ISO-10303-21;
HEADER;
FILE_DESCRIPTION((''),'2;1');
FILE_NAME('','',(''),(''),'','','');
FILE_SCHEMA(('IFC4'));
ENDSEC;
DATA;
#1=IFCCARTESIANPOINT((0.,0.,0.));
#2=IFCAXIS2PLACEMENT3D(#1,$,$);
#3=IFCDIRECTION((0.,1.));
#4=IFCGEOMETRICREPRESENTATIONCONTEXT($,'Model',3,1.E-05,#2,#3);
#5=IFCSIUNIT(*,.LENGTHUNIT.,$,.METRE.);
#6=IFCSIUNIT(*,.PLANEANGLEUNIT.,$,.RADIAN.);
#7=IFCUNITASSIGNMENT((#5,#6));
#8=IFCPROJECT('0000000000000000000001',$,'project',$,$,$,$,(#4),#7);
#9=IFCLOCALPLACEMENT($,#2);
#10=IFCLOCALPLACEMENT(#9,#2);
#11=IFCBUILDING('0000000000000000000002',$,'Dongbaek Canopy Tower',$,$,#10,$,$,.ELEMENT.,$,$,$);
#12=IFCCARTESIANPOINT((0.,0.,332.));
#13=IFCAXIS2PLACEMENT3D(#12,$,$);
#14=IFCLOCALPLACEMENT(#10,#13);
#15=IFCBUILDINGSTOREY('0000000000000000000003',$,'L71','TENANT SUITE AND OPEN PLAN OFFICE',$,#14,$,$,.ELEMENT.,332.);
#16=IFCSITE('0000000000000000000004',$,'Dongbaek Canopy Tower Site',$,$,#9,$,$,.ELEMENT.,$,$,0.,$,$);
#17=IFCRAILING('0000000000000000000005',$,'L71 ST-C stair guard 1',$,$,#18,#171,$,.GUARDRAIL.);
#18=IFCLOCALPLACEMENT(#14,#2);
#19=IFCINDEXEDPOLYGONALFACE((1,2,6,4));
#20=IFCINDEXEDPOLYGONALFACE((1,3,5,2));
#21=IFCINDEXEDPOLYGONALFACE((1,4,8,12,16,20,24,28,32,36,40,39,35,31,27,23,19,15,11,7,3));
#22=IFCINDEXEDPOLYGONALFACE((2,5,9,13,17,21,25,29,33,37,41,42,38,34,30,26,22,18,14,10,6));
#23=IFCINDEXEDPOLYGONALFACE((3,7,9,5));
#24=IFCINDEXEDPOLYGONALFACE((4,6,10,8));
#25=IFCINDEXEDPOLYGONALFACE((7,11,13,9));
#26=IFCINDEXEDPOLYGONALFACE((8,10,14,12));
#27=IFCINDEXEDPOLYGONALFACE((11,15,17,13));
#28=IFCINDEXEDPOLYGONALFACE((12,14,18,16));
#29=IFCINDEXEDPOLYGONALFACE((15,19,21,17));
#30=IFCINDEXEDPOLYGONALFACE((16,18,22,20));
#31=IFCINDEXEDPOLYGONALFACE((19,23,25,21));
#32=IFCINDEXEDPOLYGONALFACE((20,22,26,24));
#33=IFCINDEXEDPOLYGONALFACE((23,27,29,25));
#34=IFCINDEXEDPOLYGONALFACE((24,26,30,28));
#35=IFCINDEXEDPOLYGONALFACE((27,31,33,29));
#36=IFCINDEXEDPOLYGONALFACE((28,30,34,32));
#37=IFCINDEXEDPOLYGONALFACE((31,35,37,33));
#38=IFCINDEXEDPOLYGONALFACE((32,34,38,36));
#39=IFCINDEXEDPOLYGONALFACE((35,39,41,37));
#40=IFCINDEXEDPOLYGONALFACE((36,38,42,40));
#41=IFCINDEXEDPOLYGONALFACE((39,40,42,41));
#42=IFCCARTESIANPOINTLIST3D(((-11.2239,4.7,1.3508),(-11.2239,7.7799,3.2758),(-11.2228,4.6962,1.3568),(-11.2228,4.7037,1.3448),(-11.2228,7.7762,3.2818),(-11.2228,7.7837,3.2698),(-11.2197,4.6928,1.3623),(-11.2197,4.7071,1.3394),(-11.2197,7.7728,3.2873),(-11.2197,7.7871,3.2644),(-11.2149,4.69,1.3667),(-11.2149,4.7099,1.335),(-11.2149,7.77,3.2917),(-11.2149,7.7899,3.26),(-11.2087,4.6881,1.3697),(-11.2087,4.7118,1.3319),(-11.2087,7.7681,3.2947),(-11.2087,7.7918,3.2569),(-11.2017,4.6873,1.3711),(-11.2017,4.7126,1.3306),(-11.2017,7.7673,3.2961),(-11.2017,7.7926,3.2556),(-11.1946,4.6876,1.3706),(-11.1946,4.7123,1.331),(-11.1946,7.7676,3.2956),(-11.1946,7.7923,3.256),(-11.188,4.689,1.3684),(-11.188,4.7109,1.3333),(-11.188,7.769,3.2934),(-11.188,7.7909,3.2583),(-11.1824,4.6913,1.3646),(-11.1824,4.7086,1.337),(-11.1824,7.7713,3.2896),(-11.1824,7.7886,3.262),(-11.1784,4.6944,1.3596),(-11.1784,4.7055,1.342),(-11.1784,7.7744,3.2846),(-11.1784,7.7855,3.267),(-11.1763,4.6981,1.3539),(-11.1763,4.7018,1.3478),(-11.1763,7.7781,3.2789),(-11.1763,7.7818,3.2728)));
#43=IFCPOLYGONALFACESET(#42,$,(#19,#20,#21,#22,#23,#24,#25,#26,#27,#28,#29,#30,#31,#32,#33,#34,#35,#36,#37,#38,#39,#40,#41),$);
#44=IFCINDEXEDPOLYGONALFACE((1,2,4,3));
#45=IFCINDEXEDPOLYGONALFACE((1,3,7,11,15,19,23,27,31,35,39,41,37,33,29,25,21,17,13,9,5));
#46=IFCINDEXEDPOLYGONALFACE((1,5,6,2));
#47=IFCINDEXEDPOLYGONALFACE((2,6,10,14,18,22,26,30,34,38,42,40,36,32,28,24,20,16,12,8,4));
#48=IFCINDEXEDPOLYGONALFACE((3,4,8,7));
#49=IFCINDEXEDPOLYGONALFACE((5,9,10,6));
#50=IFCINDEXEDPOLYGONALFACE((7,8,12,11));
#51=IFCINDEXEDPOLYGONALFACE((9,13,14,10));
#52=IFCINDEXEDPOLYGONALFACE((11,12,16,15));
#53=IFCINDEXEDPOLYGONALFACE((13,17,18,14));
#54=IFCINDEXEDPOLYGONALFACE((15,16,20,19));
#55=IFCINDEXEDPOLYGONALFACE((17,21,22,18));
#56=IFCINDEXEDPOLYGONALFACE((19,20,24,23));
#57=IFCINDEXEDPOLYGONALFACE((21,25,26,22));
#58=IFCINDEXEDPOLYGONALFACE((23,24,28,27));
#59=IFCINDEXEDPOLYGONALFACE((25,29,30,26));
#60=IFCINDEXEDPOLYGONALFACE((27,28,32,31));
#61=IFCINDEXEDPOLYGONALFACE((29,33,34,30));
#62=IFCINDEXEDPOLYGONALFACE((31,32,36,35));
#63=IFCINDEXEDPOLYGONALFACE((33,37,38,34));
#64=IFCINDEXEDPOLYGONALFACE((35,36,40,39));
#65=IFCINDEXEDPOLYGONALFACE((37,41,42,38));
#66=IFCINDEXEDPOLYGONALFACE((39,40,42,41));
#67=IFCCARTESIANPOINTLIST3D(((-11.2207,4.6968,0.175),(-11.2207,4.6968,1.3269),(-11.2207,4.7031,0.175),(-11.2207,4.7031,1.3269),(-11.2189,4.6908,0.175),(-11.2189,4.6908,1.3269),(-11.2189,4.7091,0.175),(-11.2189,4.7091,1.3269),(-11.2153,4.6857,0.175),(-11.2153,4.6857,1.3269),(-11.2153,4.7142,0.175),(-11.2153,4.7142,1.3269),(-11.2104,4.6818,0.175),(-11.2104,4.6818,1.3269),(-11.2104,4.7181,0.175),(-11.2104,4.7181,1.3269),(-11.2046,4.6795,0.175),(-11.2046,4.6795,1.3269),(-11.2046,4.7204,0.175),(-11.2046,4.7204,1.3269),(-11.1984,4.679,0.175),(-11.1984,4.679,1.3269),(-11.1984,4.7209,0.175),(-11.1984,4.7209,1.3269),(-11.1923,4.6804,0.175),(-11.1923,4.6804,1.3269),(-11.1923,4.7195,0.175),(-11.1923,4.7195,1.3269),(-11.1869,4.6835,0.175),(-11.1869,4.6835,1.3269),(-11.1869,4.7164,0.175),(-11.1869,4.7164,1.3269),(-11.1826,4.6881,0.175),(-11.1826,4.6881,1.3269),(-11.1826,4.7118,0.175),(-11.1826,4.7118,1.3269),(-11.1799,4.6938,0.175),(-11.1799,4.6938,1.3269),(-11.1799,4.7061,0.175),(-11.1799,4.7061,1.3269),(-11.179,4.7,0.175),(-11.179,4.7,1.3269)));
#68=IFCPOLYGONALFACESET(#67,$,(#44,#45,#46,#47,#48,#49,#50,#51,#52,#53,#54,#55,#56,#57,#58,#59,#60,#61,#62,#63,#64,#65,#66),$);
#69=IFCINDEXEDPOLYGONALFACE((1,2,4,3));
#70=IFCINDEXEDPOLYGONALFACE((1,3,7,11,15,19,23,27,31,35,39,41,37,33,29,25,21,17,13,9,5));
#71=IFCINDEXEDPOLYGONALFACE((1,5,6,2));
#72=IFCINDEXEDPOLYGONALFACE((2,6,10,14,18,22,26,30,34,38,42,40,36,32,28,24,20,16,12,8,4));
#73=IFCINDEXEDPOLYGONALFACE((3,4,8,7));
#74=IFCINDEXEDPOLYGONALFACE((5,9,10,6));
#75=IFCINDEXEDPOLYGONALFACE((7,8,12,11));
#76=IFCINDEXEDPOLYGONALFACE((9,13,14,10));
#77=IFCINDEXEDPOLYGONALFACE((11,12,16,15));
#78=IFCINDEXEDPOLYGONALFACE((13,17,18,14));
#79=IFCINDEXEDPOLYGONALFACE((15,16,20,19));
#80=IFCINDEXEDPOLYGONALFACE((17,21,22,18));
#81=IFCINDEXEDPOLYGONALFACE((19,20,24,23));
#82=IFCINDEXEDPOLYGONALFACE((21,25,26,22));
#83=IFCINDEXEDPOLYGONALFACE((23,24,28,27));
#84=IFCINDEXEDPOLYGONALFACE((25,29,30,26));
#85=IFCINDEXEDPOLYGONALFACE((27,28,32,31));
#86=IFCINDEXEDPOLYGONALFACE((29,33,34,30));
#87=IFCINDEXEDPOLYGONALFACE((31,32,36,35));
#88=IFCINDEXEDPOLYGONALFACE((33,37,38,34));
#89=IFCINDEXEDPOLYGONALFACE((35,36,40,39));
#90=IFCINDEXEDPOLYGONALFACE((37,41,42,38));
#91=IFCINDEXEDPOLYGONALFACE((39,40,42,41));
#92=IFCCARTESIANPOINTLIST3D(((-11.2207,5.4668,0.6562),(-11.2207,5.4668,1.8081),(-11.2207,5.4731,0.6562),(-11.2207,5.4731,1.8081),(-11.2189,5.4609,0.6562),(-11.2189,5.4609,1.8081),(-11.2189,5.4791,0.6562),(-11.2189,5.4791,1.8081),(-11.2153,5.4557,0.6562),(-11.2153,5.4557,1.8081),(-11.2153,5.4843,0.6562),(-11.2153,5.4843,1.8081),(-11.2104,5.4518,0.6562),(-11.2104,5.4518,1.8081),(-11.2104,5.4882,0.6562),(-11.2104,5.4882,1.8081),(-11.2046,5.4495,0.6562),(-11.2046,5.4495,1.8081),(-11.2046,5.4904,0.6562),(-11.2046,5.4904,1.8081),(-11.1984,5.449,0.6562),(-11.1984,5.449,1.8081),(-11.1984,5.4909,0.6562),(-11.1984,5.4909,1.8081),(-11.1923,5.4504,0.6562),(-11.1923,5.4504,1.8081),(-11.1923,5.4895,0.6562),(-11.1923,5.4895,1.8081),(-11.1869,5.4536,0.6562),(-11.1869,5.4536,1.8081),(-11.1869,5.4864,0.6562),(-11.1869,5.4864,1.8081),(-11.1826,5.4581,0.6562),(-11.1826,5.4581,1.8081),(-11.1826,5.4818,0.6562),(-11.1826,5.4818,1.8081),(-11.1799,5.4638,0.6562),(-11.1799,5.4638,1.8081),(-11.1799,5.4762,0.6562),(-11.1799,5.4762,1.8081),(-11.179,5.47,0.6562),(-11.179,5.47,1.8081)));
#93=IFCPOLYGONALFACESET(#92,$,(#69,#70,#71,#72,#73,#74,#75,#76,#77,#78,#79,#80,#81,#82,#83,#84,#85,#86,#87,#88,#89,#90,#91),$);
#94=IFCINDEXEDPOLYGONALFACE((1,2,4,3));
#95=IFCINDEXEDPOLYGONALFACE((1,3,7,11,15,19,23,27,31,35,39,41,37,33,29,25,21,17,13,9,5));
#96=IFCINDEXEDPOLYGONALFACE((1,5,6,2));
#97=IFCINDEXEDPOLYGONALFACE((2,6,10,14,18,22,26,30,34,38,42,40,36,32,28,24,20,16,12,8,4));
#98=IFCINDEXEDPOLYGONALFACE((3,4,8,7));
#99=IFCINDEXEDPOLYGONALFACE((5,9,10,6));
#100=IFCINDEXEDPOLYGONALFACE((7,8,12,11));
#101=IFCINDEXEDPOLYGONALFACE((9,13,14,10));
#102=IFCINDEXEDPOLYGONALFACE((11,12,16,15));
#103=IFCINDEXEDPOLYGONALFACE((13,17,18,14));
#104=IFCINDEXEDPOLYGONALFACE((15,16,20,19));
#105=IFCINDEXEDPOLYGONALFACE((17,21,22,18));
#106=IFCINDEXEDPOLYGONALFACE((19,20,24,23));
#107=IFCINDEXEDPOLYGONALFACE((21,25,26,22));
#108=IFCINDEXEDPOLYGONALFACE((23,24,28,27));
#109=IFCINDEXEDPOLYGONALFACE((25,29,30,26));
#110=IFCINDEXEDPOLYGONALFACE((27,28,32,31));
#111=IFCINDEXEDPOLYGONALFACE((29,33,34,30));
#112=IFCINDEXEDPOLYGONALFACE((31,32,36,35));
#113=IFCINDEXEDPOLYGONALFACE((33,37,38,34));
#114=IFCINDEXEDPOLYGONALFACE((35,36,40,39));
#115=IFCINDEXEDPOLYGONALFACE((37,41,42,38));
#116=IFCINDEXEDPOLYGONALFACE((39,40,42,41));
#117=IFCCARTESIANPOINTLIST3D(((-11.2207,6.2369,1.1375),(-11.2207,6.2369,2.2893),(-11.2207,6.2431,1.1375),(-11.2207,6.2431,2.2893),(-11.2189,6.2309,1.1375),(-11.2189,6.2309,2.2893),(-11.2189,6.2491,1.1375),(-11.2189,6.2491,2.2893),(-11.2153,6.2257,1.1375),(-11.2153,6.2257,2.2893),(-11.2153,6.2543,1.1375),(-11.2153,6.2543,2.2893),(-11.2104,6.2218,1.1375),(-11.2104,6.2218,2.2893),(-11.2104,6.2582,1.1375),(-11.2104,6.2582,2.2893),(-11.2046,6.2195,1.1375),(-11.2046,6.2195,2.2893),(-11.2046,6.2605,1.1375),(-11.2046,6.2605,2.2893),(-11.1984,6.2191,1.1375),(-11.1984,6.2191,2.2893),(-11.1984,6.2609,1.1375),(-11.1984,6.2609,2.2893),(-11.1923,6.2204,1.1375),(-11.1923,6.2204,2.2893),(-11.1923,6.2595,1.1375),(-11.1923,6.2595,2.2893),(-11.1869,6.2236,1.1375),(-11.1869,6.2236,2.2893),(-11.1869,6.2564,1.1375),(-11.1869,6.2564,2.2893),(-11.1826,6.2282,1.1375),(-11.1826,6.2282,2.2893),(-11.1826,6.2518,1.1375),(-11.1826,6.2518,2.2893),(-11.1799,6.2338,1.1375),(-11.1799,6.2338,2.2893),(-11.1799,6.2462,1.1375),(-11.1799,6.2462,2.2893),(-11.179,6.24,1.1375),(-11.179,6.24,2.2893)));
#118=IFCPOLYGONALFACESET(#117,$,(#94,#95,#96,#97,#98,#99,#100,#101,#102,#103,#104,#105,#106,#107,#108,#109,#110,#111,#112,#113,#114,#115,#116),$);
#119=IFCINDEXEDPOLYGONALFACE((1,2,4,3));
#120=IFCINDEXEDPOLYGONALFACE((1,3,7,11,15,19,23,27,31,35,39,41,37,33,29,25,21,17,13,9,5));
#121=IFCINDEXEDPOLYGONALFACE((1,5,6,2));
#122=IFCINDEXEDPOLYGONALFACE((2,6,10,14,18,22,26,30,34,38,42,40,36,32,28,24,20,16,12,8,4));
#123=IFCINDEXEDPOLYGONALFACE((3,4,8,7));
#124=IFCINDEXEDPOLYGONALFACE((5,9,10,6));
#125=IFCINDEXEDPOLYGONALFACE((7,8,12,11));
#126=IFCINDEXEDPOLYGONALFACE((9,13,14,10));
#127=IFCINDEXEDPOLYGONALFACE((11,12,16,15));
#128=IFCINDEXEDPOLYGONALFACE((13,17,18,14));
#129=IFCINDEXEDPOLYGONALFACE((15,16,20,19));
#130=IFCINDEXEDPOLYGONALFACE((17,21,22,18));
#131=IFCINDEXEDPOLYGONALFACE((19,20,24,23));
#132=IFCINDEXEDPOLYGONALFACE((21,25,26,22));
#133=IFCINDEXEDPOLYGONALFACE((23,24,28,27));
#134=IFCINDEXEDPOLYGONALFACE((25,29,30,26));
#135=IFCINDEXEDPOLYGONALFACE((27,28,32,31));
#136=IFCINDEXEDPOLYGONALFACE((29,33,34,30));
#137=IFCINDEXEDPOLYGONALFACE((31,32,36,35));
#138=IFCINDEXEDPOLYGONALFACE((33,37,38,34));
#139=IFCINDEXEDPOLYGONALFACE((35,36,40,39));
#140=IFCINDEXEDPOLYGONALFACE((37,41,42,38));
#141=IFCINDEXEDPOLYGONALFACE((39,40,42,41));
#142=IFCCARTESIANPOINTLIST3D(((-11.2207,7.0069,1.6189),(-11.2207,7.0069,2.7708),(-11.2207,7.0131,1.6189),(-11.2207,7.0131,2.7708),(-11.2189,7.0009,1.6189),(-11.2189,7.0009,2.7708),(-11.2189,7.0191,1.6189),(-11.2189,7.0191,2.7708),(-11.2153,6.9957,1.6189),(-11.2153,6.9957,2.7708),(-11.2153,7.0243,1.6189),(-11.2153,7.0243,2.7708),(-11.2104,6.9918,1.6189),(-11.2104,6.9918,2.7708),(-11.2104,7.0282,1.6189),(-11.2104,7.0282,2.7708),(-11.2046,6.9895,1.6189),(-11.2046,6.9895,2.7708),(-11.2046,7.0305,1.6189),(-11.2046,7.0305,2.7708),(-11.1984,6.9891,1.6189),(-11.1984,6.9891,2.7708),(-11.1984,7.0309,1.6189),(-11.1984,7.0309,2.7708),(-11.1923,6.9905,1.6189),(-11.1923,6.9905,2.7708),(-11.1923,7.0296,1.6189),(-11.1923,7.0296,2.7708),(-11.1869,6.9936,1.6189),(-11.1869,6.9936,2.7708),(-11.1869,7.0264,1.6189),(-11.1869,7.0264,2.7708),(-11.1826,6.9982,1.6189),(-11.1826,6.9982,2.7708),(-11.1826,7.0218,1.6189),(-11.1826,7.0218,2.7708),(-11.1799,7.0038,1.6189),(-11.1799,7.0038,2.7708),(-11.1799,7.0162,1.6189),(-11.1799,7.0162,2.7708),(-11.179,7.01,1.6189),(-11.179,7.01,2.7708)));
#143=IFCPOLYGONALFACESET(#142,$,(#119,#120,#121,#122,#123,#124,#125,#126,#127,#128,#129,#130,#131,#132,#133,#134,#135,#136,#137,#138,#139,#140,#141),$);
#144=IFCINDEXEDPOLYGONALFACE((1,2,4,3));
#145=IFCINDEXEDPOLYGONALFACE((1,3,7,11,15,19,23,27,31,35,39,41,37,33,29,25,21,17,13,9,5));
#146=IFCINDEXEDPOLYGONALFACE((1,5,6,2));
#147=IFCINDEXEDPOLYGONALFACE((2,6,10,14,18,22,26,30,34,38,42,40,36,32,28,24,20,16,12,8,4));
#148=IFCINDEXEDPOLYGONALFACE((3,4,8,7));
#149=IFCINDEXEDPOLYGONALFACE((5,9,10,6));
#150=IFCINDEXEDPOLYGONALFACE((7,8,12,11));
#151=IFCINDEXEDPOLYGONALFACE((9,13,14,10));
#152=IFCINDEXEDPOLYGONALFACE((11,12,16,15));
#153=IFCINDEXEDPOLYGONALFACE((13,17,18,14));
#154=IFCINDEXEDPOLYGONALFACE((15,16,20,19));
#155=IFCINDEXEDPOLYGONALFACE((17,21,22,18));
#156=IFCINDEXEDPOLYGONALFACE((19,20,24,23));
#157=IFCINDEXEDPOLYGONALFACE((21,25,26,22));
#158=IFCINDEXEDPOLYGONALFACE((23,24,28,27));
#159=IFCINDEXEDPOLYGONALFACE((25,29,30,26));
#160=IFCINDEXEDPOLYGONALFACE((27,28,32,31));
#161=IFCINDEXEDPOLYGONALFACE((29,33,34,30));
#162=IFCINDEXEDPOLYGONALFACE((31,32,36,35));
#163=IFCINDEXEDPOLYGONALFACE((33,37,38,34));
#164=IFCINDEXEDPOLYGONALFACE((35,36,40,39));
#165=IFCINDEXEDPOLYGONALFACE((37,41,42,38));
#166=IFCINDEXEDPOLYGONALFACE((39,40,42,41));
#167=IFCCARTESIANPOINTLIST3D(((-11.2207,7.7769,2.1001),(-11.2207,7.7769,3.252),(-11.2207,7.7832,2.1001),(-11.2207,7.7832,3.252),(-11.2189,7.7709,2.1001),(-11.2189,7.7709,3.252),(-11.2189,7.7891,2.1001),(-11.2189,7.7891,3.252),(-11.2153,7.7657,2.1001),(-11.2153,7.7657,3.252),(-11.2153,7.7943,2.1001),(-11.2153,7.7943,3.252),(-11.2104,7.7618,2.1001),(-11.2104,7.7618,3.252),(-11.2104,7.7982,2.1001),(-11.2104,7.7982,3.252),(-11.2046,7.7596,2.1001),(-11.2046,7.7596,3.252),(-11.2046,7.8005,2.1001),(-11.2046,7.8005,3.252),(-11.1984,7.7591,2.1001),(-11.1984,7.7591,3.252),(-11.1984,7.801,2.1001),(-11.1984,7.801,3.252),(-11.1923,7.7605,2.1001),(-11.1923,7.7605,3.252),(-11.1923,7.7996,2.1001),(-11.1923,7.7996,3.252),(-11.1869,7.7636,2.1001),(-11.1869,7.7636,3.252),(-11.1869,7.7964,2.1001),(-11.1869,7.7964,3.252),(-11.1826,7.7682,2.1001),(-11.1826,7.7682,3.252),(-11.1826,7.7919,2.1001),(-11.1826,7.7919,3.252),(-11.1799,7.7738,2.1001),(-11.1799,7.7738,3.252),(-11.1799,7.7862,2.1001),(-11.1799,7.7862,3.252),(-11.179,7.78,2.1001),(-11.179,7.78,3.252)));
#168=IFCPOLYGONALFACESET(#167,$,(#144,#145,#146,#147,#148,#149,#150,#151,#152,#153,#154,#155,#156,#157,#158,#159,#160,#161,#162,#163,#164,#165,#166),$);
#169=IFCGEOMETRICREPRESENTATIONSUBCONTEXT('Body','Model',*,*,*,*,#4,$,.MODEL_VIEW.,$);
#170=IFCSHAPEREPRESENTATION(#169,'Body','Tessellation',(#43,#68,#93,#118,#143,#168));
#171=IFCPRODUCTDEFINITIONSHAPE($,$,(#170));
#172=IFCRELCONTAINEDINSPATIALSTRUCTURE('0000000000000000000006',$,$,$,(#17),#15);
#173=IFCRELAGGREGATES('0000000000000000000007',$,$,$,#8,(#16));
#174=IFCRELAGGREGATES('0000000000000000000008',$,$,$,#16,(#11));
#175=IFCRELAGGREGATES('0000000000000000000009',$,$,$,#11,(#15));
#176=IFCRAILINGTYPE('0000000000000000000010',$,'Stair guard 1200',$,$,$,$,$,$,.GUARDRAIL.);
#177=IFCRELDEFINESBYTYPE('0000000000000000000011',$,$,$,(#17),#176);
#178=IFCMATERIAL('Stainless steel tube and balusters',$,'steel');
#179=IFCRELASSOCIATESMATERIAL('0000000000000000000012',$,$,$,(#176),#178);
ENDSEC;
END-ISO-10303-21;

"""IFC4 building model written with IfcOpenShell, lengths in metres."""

from ifc_helpers import new_model, si_unit, direction, frame, origin, origin_2d, place, context, subcontext, project, spatial, circle, extrude, material, type_object, element, save


model = new_model("IFC4")

# Units and contexts
model_context = context("Model", 3, precision=1e-05, world=origin(), true_north=direction((0.0, 1.0)))
body_context = subcontext(model_context, "Body", "Model", "MODEL_VIEW")
ifc_project = project(units=[si_unit("LENGTHUNIT", "METRE"), si_unit("PLANEANGLEUNIT", "RADIAN")], contexts=[model_context])

# Site, building, storey
site_placement = place(None, origin())
site = spatial("IfcSite", under=ifc_project, at=site_placement, Name="Dongbaek Canopy Tower Site", CompositionType="ELEMENT", RefElevation=0.0)
building_placement = place(site_placement, origin())
building = spatial("IfcBuilding", under=site, at=building_placement, Name="Dongbaek Canopy Tower", CompositionType="ELEMENT")
storey_placement = place(building_placement, frame((0.0, 0.0, 332.0)))
storey = spatial("IfcBuildingStorey", under=building, at=storey_placement, Name="L71", Description="TENANT SUITE AND OPEN PLAN OFFICE", CompositionType="ELEMENT", Elevation=332.0)

# Railing
ifc_material_1 = material(Name="Stainless steel tube and balusters", Category="steel")
railing_type_1 = type_object("IfcRailingType", Name="Stair guard 1200", PredefinedType="GUARDRAIL", material=ifc_material_1)
railing_1_placement = place(storey_placement, frame((-11.2, 4.7, 0.175)))
element("IfcRailing", 1, at=railing_1_placement, inside=storey, type_object=railing_type_1, Name="L71 ST-C stair guard 1", PredefinedType="GUARDRAIL", context=body_context, shape_type="SweptSolid", body=[
    extrude(circle(Radius=0.0239, at=origin_2d()), frame((0.0, 0.0, 1.1758), z_axis=(0.0, 0.847998, 0.529999), x_axis=(-1.0, 0.0, 0.0)), (0.0, 0.0, 1.0), 3.6321),
    extrude(circle(Radius=0.021, at=origin_2d()), origin(), (0.0, 0.0, 1.0), 1.1519),
    extrude(circle(Radius=0.021, at=origin_2d()), frame((0.0, 0.77, 0.4812)), (0.0, 0.0, 1.0), 1.1519),
    extrude(circle(Radius=0.021, at=origin_2d()), frame((0.0, 1.54, 0.9624)), (0.0, 0.0, 1.0), 1.1519),
    extrude(circle(Radius=0.021, at=origin_2d()), frame((0.0, 2.3101, 1.4438)), (0.0, 0.0, 1.0), 1.1519),
    extrude(circle(Radius=0.021, at=origin_2d()), frame((0.0, 3.0801, 1.925)), (0.0, 0.0, 1.0), 1.1519),
])

save(model, "model.ifc")
